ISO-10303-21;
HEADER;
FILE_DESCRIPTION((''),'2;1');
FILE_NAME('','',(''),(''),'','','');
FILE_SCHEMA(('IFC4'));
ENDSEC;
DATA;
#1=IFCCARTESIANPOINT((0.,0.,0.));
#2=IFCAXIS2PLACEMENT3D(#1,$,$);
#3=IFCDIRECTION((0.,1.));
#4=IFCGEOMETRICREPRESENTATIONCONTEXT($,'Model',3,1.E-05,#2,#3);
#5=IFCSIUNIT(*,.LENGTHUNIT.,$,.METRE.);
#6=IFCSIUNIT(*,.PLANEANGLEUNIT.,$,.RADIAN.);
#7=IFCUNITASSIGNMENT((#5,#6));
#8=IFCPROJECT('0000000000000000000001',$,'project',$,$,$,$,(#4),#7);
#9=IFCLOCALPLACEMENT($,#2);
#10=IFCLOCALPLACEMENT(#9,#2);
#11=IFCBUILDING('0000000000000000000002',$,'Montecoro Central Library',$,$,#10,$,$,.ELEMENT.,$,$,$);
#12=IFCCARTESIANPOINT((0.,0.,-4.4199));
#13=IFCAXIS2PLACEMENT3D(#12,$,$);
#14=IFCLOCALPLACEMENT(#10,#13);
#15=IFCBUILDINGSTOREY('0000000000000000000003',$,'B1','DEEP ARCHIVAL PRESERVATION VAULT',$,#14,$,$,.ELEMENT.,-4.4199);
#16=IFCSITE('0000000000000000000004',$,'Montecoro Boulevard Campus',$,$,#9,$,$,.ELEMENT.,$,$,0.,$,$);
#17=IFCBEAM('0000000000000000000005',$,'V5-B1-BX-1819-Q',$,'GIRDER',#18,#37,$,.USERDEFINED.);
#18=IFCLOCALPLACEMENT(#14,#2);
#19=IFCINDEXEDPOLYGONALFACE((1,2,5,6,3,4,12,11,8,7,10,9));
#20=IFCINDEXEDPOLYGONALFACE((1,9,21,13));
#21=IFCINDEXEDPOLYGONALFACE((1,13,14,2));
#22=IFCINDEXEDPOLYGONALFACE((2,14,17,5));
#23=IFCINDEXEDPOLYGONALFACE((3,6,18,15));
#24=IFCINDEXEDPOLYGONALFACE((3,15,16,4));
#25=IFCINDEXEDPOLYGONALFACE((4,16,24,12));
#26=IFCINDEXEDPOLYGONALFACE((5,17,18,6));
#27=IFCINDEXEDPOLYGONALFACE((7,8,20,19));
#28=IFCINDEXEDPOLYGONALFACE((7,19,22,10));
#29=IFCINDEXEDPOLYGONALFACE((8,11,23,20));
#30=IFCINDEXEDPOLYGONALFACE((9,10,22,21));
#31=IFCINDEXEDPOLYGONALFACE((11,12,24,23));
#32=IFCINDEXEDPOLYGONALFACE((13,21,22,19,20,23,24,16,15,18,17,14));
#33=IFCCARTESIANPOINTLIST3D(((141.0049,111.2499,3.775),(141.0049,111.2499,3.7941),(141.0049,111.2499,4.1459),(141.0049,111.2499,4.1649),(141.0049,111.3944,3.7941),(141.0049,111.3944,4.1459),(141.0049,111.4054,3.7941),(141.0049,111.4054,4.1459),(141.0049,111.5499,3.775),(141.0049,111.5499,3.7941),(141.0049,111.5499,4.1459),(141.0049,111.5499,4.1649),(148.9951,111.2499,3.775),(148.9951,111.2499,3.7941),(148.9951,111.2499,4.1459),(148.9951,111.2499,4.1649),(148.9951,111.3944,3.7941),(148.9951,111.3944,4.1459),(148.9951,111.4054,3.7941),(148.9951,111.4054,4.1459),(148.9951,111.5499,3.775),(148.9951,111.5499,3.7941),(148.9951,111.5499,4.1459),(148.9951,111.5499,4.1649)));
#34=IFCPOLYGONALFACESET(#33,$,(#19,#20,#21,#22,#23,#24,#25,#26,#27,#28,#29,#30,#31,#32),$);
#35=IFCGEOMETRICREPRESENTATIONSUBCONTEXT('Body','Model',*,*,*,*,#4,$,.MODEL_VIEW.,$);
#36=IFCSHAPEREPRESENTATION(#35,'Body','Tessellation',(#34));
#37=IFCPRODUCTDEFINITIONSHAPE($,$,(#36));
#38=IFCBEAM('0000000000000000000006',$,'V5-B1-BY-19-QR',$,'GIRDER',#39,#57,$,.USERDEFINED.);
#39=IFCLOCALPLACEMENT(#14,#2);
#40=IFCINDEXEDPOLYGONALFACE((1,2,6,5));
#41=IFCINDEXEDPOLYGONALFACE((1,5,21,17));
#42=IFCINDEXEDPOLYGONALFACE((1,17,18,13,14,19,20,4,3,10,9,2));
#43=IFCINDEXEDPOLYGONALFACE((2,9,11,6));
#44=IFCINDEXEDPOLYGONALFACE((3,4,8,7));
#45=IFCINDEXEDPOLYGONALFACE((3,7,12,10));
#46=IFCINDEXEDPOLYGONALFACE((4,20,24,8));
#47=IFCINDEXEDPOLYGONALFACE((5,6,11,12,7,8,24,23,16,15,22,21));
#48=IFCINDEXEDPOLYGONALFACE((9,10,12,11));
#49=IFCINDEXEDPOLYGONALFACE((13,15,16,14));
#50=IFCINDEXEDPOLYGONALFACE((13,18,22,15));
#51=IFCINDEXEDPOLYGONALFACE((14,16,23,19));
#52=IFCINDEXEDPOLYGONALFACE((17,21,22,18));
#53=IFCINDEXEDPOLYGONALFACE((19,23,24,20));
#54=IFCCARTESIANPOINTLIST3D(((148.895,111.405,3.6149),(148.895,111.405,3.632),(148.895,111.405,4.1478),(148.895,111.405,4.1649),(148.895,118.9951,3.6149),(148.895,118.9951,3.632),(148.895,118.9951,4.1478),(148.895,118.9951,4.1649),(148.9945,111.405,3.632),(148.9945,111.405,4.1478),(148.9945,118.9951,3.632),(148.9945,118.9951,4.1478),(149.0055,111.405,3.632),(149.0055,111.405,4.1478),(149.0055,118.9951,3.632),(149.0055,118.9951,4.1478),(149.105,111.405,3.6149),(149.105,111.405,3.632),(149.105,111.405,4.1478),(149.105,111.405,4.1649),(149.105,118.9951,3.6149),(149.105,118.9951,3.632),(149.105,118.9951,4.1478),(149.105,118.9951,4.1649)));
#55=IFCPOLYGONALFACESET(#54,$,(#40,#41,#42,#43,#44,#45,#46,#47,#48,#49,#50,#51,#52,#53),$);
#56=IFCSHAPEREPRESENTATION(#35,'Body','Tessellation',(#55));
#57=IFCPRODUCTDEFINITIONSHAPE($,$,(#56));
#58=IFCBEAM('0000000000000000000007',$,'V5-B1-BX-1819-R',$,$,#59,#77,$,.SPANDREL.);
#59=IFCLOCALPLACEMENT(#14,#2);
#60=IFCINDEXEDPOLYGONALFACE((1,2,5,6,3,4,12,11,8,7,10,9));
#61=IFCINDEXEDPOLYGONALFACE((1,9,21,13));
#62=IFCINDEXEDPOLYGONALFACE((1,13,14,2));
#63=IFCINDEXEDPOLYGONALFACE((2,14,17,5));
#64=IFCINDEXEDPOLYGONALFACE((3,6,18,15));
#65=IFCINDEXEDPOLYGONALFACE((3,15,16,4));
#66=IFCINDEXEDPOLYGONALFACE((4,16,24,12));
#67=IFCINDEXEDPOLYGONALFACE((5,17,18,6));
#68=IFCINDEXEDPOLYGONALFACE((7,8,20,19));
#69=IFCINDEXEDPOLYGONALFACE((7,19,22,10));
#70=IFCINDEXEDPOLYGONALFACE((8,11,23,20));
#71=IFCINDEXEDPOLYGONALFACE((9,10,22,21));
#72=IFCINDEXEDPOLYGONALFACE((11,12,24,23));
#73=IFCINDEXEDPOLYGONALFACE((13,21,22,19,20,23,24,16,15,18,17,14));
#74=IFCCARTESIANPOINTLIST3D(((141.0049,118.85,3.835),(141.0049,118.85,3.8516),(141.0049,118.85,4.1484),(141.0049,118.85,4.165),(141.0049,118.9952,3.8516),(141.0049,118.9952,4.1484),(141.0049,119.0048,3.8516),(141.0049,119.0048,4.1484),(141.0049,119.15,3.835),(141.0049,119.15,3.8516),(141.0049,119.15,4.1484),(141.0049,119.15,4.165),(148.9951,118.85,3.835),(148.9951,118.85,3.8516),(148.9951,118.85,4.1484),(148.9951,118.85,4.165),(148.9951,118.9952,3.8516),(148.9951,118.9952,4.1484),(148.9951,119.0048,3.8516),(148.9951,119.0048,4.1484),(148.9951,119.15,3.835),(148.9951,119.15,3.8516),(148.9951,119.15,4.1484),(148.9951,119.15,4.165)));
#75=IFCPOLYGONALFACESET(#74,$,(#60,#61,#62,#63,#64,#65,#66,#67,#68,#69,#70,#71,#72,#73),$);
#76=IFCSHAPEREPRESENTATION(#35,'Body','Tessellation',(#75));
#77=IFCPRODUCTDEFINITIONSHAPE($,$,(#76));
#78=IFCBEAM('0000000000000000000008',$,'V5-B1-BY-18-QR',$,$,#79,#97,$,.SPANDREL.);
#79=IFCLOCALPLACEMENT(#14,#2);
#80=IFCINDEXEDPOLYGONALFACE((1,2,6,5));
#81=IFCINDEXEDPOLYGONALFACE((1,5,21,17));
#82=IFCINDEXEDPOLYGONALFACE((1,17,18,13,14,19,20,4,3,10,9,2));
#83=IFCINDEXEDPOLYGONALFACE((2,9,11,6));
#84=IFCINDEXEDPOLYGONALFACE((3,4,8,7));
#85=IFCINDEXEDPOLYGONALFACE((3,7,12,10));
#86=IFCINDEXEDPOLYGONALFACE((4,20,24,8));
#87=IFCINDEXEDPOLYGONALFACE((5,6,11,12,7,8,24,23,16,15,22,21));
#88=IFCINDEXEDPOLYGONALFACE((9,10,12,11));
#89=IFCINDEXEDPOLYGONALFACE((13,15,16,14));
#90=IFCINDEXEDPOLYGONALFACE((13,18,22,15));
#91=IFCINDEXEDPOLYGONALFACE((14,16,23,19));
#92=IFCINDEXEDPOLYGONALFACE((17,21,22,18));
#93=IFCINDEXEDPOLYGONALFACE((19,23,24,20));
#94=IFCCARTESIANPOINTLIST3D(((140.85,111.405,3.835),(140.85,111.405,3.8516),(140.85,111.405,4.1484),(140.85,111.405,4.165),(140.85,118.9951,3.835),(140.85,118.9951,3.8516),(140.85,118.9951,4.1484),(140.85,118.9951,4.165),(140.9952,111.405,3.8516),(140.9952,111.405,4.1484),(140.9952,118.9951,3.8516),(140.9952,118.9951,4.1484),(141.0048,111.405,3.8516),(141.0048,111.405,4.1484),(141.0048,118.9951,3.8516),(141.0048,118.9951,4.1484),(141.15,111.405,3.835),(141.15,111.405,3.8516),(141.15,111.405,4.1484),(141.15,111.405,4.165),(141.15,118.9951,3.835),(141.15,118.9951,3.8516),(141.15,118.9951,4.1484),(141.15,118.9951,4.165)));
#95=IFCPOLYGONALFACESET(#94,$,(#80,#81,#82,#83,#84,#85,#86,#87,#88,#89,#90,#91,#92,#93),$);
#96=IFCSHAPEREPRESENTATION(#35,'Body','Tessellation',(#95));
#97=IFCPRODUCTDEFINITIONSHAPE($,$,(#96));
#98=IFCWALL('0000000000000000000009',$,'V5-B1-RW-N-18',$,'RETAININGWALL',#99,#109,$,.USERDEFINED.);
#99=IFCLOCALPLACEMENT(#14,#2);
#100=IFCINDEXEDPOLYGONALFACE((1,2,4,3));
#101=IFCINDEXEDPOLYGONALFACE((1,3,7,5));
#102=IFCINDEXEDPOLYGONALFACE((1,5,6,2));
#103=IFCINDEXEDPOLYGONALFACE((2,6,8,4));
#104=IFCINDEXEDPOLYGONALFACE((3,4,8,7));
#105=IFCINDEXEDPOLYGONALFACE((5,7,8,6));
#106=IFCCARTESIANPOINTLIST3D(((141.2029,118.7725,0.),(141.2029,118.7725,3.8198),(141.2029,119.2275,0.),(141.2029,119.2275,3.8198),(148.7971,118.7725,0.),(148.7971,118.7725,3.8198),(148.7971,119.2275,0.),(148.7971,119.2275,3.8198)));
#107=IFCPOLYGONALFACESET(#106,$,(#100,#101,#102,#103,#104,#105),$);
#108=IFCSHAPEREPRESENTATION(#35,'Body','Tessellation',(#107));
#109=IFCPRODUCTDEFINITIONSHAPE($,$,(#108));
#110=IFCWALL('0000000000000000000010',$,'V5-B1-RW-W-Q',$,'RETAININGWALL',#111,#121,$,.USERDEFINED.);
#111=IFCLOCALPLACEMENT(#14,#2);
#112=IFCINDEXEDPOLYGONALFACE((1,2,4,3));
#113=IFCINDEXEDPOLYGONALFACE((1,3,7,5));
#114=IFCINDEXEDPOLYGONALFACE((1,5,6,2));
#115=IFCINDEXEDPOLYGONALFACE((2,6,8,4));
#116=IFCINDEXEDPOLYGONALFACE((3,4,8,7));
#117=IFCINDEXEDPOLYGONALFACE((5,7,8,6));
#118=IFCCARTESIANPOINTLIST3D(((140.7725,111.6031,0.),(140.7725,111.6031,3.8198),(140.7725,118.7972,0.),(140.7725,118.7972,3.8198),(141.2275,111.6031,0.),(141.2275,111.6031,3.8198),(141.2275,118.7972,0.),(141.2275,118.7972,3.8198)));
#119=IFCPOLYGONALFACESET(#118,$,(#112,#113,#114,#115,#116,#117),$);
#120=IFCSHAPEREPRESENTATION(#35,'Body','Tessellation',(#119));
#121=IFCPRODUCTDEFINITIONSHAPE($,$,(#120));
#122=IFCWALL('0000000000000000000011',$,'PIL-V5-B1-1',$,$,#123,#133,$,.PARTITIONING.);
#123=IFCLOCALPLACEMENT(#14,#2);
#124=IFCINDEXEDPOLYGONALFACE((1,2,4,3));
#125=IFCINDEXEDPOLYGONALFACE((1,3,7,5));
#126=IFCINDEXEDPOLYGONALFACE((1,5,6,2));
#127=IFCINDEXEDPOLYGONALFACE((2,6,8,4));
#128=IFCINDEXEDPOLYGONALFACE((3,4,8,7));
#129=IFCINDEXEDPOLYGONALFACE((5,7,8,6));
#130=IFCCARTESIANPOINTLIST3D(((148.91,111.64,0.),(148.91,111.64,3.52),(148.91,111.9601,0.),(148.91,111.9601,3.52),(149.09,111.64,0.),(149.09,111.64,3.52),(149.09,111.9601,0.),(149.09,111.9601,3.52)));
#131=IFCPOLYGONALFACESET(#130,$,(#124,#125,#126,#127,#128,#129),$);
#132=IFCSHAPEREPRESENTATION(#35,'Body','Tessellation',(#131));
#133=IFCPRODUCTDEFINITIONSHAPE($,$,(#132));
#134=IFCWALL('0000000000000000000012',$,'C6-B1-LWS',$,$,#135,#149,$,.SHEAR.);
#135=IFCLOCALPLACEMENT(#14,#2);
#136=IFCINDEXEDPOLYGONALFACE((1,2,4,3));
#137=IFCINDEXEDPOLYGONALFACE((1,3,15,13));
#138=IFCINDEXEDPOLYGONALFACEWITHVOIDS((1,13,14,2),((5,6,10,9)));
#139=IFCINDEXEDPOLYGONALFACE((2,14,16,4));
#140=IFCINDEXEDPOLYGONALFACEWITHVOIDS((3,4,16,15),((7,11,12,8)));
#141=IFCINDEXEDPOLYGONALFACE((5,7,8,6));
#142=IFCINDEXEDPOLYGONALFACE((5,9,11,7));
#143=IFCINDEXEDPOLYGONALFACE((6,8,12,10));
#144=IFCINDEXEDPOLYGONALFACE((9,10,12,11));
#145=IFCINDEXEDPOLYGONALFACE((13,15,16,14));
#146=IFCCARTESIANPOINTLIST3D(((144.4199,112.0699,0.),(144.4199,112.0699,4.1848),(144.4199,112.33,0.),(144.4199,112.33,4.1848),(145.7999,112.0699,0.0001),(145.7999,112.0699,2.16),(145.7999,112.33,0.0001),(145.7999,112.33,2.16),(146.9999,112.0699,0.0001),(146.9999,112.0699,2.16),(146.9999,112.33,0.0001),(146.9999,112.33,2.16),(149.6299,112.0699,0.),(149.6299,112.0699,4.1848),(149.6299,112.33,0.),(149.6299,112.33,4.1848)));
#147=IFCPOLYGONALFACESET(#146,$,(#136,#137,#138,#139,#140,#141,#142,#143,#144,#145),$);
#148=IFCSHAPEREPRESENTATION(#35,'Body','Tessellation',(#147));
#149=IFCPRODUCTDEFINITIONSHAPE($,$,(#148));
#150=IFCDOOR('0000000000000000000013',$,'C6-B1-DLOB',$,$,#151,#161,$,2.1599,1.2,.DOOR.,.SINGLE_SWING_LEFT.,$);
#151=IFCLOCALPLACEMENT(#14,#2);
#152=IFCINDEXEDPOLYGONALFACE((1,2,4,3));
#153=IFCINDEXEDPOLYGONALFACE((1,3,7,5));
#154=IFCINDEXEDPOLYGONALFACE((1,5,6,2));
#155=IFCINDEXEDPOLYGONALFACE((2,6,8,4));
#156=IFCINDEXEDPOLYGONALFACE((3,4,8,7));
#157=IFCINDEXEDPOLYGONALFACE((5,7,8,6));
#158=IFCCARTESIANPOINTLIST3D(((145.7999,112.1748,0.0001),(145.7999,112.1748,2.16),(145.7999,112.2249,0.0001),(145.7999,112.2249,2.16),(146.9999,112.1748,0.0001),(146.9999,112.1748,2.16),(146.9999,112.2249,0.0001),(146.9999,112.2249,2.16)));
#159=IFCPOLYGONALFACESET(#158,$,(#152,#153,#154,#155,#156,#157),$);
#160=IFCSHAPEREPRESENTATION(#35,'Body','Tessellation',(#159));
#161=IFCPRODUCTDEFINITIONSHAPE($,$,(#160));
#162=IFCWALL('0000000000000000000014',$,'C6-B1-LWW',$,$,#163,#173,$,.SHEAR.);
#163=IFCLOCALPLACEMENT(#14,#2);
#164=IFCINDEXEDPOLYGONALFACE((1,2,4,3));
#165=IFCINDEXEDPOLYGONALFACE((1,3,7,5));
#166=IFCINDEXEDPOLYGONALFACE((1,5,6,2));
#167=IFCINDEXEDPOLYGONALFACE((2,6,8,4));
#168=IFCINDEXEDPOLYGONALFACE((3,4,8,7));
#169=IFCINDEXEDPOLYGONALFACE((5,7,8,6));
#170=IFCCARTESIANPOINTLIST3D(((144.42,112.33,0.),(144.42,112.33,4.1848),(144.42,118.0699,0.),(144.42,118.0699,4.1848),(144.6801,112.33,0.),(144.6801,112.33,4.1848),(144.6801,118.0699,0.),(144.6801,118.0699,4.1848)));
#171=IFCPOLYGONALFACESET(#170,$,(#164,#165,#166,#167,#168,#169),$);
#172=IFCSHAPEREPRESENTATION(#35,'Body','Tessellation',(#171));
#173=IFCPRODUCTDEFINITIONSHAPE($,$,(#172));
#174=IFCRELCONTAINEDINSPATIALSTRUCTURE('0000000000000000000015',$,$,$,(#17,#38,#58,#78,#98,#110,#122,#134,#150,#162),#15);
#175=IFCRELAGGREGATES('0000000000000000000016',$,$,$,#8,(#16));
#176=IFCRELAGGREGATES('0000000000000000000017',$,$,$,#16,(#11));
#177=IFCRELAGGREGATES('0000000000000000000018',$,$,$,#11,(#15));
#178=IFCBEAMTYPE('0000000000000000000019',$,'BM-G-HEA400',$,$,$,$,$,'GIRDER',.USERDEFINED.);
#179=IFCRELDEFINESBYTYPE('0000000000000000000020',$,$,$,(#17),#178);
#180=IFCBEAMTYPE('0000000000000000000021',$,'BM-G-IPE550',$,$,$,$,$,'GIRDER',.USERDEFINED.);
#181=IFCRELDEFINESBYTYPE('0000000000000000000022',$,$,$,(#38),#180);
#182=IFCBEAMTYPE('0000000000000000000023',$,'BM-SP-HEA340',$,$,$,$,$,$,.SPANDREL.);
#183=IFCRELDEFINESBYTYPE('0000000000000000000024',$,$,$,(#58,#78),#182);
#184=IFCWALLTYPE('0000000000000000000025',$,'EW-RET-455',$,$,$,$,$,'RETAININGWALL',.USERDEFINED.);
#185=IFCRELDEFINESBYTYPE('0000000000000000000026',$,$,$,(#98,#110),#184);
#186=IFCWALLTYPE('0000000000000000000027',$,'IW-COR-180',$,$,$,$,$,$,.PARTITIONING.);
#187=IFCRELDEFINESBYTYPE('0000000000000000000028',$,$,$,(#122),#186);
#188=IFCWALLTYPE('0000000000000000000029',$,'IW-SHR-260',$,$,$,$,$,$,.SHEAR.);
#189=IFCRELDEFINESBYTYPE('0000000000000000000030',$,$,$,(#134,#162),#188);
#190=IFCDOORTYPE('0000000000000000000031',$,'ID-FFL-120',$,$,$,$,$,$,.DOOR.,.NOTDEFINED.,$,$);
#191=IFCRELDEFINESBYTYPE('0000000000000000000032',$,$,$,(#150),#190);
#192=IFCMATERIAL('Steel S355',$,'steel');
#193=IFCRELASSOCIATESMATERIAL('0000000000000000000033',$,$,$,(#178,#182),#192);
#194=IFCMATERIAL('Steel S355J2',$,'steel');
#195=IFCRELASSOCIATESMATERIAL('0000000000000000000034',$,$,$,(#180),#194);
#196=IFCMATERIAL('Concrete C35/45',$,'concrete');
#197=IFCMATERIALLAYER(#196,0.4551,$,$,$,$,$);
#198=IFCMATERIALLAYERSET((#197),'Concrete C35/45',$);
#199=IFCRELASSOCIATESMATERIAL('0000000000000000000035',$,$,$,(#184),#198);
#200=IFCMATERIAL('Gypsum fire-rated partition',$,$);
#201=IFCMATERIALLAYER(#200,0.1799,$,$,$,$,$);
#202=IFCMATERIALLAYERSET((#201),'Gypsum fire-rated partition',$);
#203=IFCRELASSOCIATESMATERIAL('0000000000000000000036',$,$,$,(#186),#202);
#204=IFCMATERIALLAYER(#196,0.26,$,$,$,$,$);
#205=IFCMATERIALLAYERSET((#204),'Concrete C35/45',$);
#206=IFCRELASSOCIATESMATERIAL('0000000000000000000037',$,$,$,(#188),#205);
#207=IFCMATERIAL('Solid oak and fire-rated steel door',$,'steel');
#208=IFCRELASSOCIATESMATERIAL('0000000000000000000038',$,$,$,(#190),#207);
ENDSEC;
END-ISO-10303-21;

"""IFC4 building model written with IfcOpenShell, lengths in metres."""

from ifc_helpers import new_model, si_unit, direction, frame, frame_2d, origin, origin_2d, place, context, subcontext, project, spatial, rectangle, i_section, extrude, material, layer, layer_set, material_profile, profile_set, type_object, element, fill, save


model = new_model("IFC4")

# Units and contexts
model_context = context("Model", 3, precision=1e-05, world=origin(), true_north=direction((0.0, 1.0)))
body_context = subcontext(model_context, "Body", "Model", "MODEL_VIEW")
ifc_project = project(units=[si_unit("LENGTHUNIT", "METRE"), si_unit("PLANEANGLEUNIT", "RADIAN")], contexts=[model_context])

# Site, building, storey
site_placement = place(None, origin())
site = spatial("IfcSite", under=ifc_project, at=site_placement, Name="Montecoro Boulevard Campus", CompositionType="ELEMENT", RefElevation=0.0)
building_placement = place(site_placement, origin())
building = spatial("IfcBuilding", under=site, at=building_placement, Name="Montecoro Central Library", CompositionType="ELEMENT")
storey_placement = place(building_placement, frame((0.0, 0.0, -4.4199)))
storey = spatial("IfcBuildingStorey", under=building, at=storey_placement, Name="B1", Description="DEEP ARCHIVAL PRESERVATION VAULT", CompositionType="ELEMENT", Elevation=-4.4199)

# Shared definitions
ifc_material_1 = material(Name="Concrete C35/45", Category="concrete")

# Shared definitions
ifc_material_2 = material(Name="Steel S355J2", Category="steel")

# Beams
ifc_material_3 = material(Name="Steel S355", Category="steel")
ifc_material_profile_1 = material_profile(ifc_material_3, i_section(OverallWidth=0.3, OverallDepth=0.3899, WebThickness=0.011, FlangeThickness=0.019, at=origin_2d()), Name="HEA 400")
ifc_profile_set_1 = profile_set([ifc_material_profile_1], Name="Steel S355")
beam_type_1 = type_object("IfcBeamType", Name="BM-G-HEA400", ElementType="GIRDER", PredefinedType="USERDEFINED", material=ifc_profile_set_1)
beam_1_placement = place(storey_placement, frame((141.0049, 111.3999, 3.97), z_axis=(1.0, 0.0, 0.0), x_axis=(0.0, 1.0, 0.0)))
element("IfcBeam", 1, at=beam_1_placement, inside=storey, type_object=beam_type_1, Name="V5-B1-BX-1819-Q", ObjectType="GIRDER", PredefinedType="USERDEFINED", context=body_context, shape_type="SweptSolid", body=[
    extrude(i_section(OverallWidth=0.3, OverallDepth=0.3899, WebThickness=0.011, FlangeThickness=0.019, at=origin_2d()), origin(), (0.0, 0.0, 1.0), 7.9902),
])
ifc_material_profile_2 = material_profile(ifc_material_2, i_section(OverallWidth=0.21, OverallDepth=0.55, WebThickness=0.011, FlangeThickness=0.0171, at=origin_2d()), Name="IPE 550")
ifc_profile_set_2 = profile_set([ifc_material_profile_2], Name="Steel S355J2")
beam_type_2 = type_object("IfcBeamType", Name="BM-G-IPE550", ElementType="GIRDER", PredefinedType="USERDEFINED", material=ifc_profile_set_2)
beam_2_placement = place(storey_placement, frame((149.0, 111.405, 3.8899), z_axis=(0.0, 1.0, 0.0), x_axis=(-1.0, 0.0, 0.0)))
element("IfcBeam", 2, at=beam_2_placement, inside=storey, type_object=beam_type_2, Name="V5-B1-BY-19-QR", ObjectType="GIRDER", PredefinedType="USERDEFINED", context=body_context, shape_type="SweptSolid", body=[
    extrude(i_section(OverallWidth=0.21, OverallDepth=0.55, WebThickness=0.011, FlangeThickness=0.0171, at=origin_2d()), origin(), (0.0, 0.0, 1.0), 7.5901),
])
ifc_material_profile_3 = material_profile(ifc_material_3, i_section(OverallWidth=0.3, OverallDepth=0.3301, WebThickness=0.0095, FlangeThickness=0.0166, at=origin_2d()), Name="HEA 340")
ifc_profile_set_3 = profile_set([ifc_material_profile_3], Name="Steel S355")
beam_type_3 = type_object("IfcBeamType", Name="BM-SP-HEA340", PredefinedType="SPANDREL", material=ifc_profile_set_3)
beam_3_placement = place(storey_placement, frame((141.0049, 119.0, 4.0), z_axis=(1.0, 0.0, 0.0), x_axis=(0.0, 1.0, 0.0)))
element("IfcBeam", 3, at=beam_3_placement, inside=storey, type_object=beam_type_3, Name="V5-B1-BX-1819-R", PredefinedType="SPANDREL", context=body_context, shape_type="SweptSolid", body=[
    extrude(i_section(OverallWidth=0.3, OverallDepth=0.3301, WebThickness=0.0095, FlangeThickness=0.0166, at=origin_2d()), origin(), (0.0, 0.0, 1.0), 7.9902),
])
beam_4_placement = place(storey_placement, frame((141.0, 111.405, 4.0), z_axis=(0.0, 1.0, 0.0), x_axis=(-1.0, 0.0, 0.0)))
element("IfcBeam", 4, at=beam_4_placement, inside=storey, type_object=beam_type_3, Name="V5-B1-BY-18-QR", PredefinedType="SPANDREL", context=body_context, shape_type="SweptSolid", body=[
    extrude(i_section(OverallWidth=0.3, OverallDepth=0.3301, WebThickness=0.0095, FlangeThickness=0.0166, at=origin_2d()), origin(), (0.0, 0.0, 1.0), 7.5901),
])

# Walls
ifc_layer_1 = layer(ifc_material_1, 0.4551)
ifc_layer_set_1 = layer_set([ifc_layer_1], Name="Concrete C35/45")
wall_type_1 = type_object("IfcWallType", Name="EW-RET-455", ElementType="RETAININGWALL", PredefinedType="USERDEFINED", material=ifc_layer_set_1)
wall_1_placement = place(storey_placement, frame((141.2029, 119.0, 0.0), z_axis=(0.0, 0.0, 1.0), x_axis=(1.0, 0.0, 0.0)))
element("IfcWall", 5, at=wall_1_placement, inside=storey, type_object=wall_type_1, Name="V5-B1-RW-N-18", ObjectType="RETAININGWALL", PredefinedType="USERDEFINED", context=body_context, shape_type="SweptSolid", body=[
    extrude(rectangle(XDim=7.5942, YDim=0.4551, at=frame_2d((3.7971, 0.0))), origin(), (0.0, 0.0, 1.0), 3.8198),
])
wall_2_placement = place(storey_placement, frame((141.0, 111.603, 0.0), z_axis=(0.0, 0.0, 1.0), x_axis=(0.0, 1.0, 0.0)))
element("IfcWall", 6, at=wall_2_placement, inside=storey, type_object=wall_type_1, Name="V5-B1-RW-W-Q", ObjectType="RETAININGWALL", PredefinedType="USERDEFINED", context=body_context, shape_type="SweptSolid", body=[
    extrude(rectangle(XDim=7.1941, YDim=0.4551, at=frame_2d((3.5972, 0.0))), origin(), (0.0, 0.0, 1.0), 3.8198),
])
ifc_material_4 = material(Name="Gypsum fire-rated partition")
ifc_layer_2 = layer(ifc_material_4, 0.1799)
ifc_layer_set_2 = layer_set([ifc_layer_2], Name="Gypsum fire-rated partition")
wall_type_2 = type_object("IfcWallType", Name="IW-COR-180", PredefinedType="PARTITIONING", material=ifc_layer_set_2)
wall_3_placement = place(storey_placement, frame((149.0, 111.6399, 0.0), z_axis=(0.0, 0.0, 1.0), x_axis=(0.0, 1.0, 0.0)))
element("IfcWall", 7, at=wall_3_placement, inside=storey, type_object=wall_type_2, Name="PIL-V5-B1-1", PredefinedType="PARTITIONING", context=body_context, shape_type="SweptSolid", body=[
    extrude(rectangle(XDim=0.3201, YDim=0.1799, at=frame_2d((0.1602, 0.0))), origin(), (0.0, 0.0, 1.0), 3.52),
])

# Shared definitions
ifc_material_5 = material(Name="Solid oak and fire-rated steel door", Category="steel")

# Wall, opening, door
ifc_layer_3 = layer(ifc_material_1, 0.26)
ifc_layer_set_3 = layer_set([ifc_layer_3], Name="Concrete C35/45")
wall_type_3 = type_object("IfcWallType", Name="IW-SHR-260", PredefinedType="SHEAR", material=ifc_layer_set_3)
wall_4_placement = place(storey_placement, frame((144.4199, 112.2, 0.0), z_axis=(0.0, 0.0, 1.0), x_axis=(1.0, 0.0, 0.0)))
wall_4 = element("IfcWall", 8, at=wall_4_placement, inside=storey, type_object=wall_type_3, Name="C6-B1-LWS", PredefinedType="SHEAR", context=body_context, shape_type="SweptSolid", body=[
    extrude(rectangle(XDim=5.21, YDim=0.26, at=frame_2d((2.605, 0.0))), origin(), (0.0, 0.0, 1.0), 4.1848),
])
opening_1_placement = place(wall_4_placement, frame((1.3799, 0.0, 0.0)))
opening_1 = element("IfcOpeningElement", 9, at=opening_1_placement, cuts=wall_4, PredefinedType="OPENING", context=body_context, shape_type="SweptSolid", body=[
    extrude(rectangle(XDim=1.2, YDim=2.1599, at=frame_2d((0.6001, 1.0801))), frame((0.0, 0.1399, 0.0), z_axis=(0.0, -1.0, 0.0), x_axis=(1.0, 0.0, 0.0)), (0.0, 0.0, 1.0), 0.28),
])
door_type_1 = type_object("IfcDoorType", Name="ID-FFL-120", OperationType="NOTDEFINED", PredefinedType="DOOR", material=ifc_material_5)
door_1_placement = place(opening_1_placement, origin())
door_1 = element("IfcDoor", 10, at=door_1_placement, inside=storey, type_object=door_type_1, Name="C6-B1-DLOB", OperationType="SINGLE_SWING_LEFT", OverallHeight=2.1599, OverallWidth=1.2, PredefinedType="DOOR", context=body_context, shape_type="SweptSolid", body=[
    extrude(rectangle(XDim=1.2, YDim=2.1599, at=frame_2d((0.6001, 1.0801))), frame((0.0, 0.0249, 0.0), z_axis=(0.0, -1.0, 0.0), x_axis=(1.0, 0.0, 0.0)), (0.0, 0.0, 1.0), 0.05),
])
fill(opening_1, door_1)

# Wall
wall_5_placement = place(storey_placement, frame((144.55, 118.0701, 0.0), z_axis=(0.0, 0.0, 1.0), x_axis=(0.0, -1.0, 0.0)))
element("IfcWall", 11, at=wall_5_placement, inside=storey, type_object=wall_type_3, Name="C6-B1-LWW", PredefinedType="SHEAR", context=body_context, shape_type="SweptSolid", body=[
    extrude(rectangle(XDim=5.74, YDim=0.26, at=frame_2d((2.8701, 0.0))), origin(), (0.0, 0.0, 1.0), 4.1848),
])

save(model, "model.ifc")
